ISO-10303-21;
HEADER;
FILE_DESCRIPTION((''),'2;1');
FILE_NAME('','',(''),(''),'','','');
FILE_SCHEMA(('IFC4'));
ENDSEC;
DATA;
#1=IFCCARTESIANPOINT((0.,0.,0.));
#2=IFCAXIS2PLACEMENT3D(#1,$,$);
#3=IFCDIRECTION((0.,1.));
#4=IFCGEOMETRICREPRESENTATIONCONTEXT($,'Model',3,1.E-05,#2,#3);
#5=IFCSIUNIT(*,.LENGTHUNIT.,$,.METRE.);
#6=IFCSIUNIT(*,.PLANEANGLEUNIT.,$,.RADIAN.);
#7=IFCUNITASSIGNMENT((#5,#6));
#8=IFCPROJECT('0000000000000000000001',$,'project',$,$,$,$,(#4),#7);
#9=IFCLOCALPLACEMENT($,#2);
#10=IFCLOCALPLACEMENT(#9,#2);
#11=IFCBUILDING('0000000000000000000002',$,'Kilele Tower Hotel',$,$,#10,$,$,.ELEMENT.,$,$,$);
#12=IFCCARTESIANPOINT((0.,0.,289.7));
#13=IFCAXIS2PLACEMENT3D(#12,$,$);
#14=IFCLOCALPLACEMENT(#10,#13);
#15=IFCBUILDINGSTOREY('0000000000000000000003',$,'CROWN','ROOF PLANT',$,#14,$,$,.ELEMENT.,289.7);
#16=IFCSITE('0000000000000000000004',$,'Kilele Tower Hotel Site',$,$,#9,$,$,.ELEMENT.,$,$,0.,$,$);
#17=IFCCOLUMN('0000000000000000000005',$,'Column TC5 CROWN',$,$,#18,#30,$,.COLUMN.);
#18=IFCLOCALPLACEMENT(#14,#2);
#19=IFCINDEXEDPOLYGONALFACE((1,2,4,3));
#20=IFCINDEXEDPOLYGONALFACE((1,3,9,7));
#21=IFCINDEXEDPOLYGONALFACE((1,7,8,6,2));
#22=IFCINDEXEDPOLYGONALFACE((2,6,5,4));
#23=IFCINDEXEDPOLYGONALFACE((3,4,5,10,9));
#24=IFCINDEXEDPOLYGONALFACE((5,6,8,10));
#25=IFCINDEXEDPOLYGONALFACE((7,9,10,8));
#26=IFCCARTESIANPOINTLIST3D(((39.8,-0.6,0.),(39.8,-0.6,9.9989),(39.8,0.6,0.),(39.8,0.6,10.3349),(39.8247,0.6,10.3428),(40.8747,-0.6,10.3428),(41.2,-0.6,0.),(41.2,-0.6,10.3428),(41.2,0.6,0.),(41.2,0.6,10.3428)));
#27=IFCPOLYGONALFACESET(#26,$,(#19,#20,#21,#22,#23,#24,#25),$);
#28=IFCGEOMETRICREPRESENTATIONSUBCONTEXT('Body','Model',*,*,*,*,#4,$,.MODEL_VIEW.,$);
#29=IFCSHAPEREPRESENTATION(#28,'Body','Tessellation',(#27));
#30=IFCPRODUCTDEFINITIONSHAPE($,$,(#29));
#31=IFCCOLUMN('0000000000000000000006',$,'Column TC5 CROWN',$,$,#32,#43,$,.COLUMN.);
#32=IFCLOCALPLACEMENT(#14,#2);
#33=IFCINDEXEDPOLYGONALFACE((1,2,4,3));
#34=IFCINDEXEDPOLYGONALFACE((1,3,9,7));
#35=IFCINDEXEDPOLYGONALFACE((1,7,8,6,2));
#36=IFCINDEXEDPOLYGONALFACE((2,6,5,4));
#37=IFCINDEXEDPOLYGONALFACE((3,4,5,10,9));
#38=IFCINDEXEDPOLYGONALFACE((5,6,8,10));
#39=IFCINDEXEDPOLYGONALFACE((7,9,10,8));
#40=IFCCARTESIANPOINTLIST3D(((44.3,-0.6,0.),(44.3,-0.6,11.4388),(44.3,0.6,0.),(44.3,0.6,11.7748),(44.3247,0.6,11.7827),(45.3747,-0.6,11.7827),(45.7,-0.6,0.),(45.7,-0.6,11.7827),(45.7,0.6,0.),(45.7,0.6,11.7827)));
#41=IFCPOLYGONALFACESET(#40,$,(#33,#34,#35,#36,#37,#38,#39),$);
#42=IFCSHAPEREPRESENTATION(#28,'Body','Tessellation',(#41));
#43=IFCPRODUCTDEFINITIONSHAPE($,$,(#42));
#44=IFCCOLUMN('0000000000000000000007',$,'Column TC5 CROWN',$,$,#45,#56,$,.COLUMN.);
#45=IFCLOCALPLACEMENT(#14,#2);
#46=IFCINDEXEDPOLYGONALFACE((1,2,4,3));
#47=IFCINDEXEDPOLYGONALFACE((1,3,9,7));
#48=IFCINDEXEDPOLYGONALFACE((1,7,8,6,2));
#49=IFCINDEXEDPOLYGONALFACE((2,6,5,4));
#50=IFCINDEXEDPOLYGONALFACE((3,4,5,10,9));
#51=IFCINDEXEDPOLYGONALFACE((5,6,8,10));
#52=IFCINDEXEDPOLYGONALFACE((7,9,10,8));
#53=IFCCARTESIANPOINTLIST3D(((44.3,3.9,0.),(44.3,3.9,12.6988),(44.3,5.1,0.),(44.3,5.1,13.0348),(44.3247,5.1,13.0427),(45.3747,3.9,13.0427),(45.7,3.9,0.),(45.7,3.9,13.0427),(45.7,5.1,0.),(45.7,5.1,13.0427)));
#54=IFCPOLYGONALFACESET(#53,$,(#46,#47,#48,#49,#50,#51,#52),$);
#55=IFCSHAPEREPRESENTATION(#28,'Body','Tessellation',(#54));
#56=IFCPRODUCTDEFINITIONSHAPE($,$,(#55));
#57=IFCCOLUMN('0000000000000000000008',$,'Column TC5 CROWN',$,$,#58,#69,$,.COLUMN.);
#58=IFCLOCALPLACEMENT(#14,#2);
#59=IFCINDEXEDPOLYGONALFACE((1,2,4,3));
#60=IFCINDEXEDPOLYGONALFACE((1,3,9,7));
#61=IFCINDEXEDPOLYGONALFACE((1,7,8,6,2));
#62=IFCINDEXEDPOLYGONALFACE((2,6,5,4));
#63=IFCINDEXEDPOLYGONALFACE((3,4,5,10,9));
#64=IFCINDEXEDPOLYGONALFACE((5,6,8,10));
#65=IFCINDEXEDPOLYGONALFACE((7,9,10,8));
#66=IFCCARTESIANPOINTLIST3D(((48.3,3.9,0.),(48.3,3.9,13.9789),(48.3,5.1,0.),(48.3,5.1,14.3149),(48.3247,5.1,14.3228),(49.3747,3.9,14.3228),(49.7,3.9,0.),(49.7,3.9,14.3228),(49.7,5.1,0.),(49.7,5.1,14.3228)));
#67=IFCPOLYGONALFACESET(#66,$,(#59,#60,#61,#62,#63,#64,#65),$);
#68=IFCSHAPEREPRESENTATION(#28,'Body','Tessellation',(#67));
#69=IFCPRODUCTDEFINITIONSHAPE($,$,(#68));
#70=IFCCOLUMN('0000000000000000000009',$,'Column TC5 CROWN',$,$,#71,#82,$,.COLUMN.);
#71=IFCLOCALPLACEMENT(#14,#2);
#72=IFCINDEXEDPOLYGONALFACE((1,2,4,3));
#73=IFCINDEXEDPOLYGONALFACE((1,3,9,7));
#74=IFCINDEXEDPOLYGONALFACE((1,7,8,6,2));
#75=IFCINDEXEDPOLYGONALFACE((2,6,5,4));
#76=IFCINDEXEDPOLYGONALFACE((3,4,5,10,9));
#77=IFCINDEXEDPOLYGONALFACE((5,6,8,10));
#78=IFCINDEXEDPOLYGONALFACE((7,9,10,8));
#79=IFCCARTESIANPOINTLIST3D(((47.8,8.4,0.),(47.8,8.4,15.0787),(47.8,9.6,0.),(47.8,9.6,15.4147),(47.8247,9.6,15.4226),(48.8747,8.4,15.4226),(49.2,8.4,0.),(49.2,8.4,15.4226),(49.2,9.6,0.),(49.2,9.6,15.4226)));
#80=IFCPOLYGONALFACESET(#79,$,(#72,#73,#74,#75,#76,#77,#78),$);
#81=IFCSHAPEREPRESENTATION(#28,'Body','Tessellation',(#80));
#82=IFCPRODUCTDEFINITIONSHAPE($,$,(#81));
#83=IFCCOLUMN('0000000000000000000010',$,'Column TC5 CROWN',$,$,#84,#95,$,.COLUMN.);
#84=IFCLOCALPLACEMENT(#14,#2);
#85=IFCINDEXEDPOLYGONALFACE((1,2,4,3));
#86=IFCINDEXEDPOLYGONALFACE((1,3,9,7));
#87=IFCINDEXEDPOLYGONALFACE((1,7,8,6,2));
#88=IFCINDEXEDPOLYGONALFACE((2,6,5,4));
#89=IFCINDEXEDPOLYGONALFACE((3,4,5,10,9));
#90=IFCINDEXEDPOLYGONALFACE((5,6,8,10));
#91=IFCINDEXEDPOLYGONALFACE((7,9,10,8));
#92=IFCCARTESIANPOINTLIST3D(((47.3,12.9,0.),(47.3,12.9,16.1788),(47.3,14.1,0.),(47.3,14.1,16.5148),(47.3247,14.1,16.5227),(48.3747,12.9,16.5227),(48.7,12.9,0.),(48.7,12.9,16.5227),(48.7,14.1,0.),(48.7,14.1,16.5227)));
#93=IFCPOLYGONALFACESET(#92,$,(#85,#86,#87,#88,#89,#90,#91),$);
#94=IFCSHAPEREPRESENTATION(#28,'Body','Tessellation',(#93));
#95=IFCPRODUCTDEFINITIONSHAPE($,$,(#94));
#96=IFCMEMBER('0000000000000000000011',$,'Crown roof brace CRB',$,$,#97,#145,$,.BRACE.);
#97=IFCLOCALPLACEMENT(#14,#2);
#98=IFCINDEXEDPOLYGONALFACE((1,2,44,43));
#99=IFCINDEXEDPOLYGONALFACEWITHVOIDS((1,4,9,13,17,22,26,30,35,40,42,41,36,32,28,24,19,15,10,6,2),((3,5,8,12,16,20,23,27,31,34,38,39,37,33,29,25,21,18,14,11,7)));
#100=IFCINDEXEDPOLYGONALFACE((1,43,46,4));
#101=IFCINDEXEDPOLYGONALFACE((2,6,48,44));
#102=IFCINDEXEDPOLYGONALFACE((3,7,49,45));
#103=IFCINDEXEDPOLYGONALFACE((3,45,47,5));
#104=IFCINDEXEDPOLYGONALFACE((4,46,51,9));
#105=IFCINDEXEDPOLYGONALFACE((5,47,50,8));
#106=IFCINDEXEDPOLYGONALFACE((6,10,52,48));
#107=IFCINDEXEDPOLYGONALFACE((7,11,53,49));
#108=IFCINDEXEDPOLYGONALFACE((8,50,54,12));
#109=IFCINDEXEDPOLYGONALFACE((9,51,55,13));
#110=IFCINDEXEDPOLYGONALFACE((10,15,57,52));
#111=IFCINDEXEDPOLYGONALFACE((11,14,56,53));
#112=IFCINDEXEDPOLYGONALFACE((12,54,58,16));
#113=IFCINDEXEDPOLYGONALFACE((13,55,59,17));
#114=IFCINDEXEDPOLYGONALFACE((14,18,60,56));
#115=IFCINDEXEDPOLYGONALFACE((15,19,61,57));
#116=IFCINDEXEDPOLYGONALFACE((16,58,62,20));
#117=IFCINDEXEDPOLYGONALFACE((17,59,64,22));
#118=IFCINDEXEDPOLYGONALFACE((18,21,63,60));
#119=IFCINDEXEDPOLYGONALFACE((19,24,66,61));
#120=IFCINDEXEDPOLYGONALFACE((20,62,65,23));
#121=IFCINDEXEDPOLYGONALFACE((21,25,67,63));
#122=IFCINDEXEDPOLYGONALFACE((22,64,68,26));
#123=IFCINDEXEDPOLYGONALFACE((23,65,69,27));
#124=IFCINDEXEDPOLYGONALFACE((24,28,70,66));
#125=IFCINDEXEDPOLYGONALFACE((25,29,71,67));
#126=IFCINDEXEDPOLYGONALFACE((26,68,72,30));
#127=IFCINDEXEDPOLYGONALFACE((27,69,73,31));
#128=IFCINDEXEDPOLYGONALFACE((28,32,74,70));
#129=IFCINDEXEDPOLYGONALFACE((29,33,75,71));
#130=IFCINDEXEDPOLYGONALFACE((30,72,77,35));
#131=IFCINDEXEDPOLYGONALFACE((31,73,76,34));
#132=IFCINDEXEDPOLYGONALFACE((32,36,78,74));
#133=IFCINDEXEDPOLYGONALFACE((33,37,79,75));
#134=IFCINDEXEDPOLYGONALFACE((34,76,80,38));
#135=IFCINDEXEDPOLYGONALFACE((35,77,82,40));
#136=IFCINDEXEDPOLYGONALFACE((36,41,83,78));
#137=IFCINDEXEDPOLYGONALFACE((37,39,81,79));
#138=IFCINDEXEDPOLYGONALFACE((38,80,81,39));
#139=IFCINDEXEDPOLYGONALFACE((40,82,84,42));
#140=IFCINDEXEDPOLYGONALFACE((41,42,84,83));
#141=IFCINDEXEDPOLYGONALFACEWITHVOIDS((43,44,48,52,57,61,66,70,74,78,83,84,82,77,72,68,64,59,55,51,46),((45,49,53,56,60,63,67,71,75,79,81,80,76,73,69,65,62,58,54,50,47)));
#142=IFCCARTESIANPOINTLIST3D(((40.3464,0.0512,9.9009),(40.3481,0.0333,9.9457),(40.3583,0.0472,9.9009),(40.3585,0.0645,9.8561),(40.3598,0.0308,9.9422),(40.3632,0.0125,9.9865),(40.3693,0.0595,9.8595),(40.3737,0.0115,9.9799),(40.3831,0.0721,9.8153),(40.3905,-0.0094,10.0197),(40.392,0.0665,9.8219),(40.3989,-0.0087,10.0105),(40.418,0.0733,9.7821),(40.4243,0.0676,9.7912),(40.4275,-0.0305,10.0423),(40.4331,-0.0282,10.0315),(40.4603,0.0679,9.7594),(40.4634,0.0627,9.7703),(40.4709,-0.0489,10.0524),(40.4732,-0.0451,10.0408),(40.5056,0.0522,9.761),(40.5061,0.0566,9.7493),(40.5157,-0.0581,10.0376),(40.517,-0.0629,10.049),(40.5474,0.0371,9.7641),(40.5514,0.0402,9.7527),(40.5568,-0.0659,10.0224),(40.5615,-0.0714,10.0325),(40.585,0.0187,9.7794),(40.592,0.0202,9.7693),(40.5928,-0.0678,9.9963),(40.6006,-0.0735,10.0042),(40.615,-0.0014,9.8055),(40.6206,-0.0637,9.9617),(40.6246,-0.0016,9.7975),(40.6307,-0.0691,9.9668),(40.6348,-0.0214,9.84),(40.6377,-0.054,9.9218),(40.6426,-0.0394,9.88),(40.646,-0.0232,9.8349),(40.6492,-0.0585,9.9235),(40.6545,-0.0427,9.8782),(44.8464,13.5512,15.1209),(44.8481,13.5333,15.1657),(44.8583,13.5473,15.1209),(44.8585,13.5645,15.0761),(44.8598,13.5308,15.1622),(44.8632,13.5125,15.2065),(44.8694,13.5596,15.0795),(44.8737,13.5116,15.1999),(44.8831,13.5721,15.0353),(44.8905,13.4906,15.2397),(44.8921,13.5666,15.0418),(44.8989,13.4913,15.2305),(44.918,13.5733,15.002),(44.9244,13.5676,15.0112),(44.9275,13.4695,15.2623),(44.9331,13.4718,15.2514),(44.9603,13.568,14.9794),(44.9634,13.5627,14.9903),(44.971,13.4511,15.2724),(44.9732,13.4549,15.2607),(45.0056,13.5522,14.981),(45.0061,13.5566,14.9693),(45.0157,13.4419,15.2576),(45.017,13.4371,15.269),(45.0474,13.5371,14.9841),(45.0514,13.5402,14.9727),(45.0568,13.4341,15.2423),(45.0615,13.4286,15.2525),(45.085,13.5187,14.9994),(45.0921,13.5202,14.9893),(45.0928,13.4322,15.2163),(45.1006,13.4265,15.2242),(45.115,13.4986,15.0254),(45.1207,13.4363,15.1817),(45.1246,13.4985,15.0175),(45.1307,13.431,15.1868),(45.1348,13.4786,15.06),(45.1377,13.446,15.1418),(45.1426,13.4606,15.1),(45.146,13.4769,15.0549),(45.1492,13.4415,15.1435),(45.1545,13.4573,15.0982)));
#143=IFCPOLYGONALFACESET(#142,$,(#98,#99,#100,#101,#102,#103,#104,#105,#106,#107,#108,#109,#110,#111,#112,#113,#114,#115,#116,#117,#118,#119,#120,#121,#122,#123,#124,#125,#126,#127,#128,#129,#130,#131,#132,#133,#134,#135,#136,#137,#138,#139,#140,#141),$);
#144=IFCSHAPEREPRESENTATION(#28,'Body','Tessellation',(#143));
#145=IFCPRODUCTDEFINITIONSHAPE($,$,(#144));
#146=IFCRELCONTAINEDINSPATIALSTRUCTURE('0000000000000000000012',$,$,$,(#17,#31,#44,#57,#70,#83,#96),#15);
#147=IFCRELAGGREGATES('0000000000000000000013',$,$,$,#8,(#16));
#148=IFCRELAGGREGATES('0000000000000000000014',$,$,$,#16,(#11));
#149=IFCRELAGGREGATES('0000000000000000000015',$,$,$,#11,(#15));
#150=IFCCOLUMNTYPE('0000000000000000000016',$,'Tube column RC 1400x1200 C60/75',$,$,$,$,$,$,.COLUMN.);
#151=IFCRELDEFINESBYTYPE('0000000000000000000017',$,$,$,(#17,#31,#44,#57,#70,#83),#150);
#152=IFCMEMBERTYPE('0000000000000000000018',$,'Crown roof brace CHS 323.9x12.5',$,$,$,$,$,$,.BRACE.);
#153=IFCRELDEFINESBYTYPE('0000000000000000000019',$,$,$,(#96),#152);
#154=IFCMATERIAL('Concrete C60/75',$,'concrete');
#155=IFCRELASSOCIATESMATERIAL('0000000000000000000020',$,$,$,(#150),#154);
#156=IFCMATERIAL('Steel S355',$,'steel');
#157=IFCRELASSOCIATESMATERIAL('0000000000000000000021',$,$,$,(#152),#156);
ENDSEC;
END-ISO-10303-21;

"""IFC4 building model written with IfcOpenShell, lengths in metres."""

from ifc_helpers import new_model, si_unit, direction, frame, origin, origin_2d, place, context, subcontext, project, spatial, rectangle, hollow_circle, extrude, clip, halfspace, material, material_profile, profile_set, type_object, element, save


model = new_model("IFC4")

# Units and contexts
model_context = context("Model", 3, precision=1e-05, world=origin(), true_north=direction((0.0, 1.0)))
body_context = subcontext(model_context, "Body", "Model", "MODEL_VIEW")
ifc_project = project(units=[si_unit("LENGTHUNIT", "METRE"), si_unit("PLANEANGLEUNIT", "RADIAN")], contexts=[model_context])

# Site, building, storey
site_placement = place(None, origin())
site = spatial("IfcSite", under=ifc_project, at=site_placement, Name="Kilele Tower Hotel Site", CompositionType="ELEMENT", RefElevation=0.0)
building_placement = place(site_placement, origin())
building = spatial("IfcBuilding", under=site, at=building_placement, Name="Kilele Tower Hotel", CompositionType="ELEMENT")
storey_placement = place(building_placement, frame((0.0, 0.0, 289.7)))
storey = spatial("IfcBuildingStorey", under=building, at=storey_placement, Name="CROWN", Description="ROOF PLANT", CompositionType="ELEMENT", Elevation=289.7)

# Columns
ifc_material_1 = material(Name="Concrete C60/75", Category="concrete")
ifc_material_profile_1 = material_profile(ifc_material_1, rectangle(XDim=1.3999, YDim=1.2, at=origin_2d()))
ifc_profile_set_1 = profile_set([ifc_material_profile_1], Name="Concrete C60/75")
column_type = type_object("IfcColumnType", Name="Tube column RC 1400x1200 C60/75", PredefinedType="COLUMN", material=ifc_profile_set_1)
column_1_placement = place(storey_placement, frame((40.5, 0.0, 0.0), z_axis=(0.0, 0.0, 1.0), x_axis=(1.0, 0.0, 0.0)))
element("IfcColumn", 1, at=column_1_placement, inside=storey, type_object=column_type, Name="Column TC5 CROWN", PredefinedType="COLUMN", context=body_context, shape_type="Clipping", body=[
    clip(extrude(rectangle(XDim=1.3999, YDim=1.2, at=origin_2d()), origin(), (0.0, 0.0, 1.0), 10.3428), halfspace(frame((0.0, 0.0, 10.3909), z_axis=(-0.294484, -0.257674, 0.920263), x_axis=(0.952424, 0.0, 0.304776)), False)),
])
column_2_placement = place(storey_placement, frame((45.0, 0.0, 0.0), z_axis=(0.0, 0.0, 1.0), x_axis=(1.0, 0.0, 0.0)))
element("IfcColumn", 2, at=column_2_placement, inside=storey, type_object=column_type, Name="Column TC5 CROWN", PredefinedType="COLUMN", context=body_context, shape_type="Clipping", body=[
    clip(extrude(rectangle(XDim=1.3999, YDim=1.2, at=origin_2d()), origin(), (0.0, 0.0, 1.0), 11.7827), halfspace(frame((0.0, 0.0, 11.8308), z_axis=(-0.294484, -0.257674, 0.920263), x_axis=(0.952424, 0.0, 0.304776)), False)),
])
column_3_placement = place(storey_placement, frame((45.0, 4.5, 0.0), z_axis=(0.0, 0.0, 1.0), x_axis=(1.0, 0.0, 0.0)))
element("IfcColumn", 3, at=column_3_placement, inside=storey, type_object=column_type, Name="Column TC5 CROWN", PredefinedType="COLUMN", context=body_context, shape_type="Clipping", body=[
    clip(extrude(rectangle(XDim=1.3999, YDim=1.2, at=origin_2d()), origin(), (0.0, 0.0, 1.0), 13.0427), halfspace(frame((0.0, 0.0, 13.0908), z_axis=(-0.294484, -0.257674, 0.920263), x_axis=(0.952424, 0.0, 0.304776)), False)),
])
column_4_placement = place(storey_placement, frame((49.0, 4.5, 0.0), z_axis=(0.0, 0.0, 1.0), x_axis=(1.0, 0.0, 0.0)))
element("IfcColumn", 4, at=column_4_placement, inside=storey, type_object=column_type, Name="Column TC5 CROWN", PredefinedType="COLUMN", context=body_context, shape_type="Clipping", body=[
    clip(extrude(rectangle(XDim=1.3999, YDim=1.2, at=origin_2d()), origin(), (0.0, 0.0, 1.0), 14.3228), halfspace(frame((0.0, 0.0, 14.3708), z_axis=(-0.294484, -0.257674, 0.920263), x_axis=(0.952424, 0.0, 0.304776)), False)),
])
column_5_placement = place(storey_placement, frame((48.5, 9.0, 0.0), z_axis=(0.0, 0.0, 1.0), x_axis=(1.0, 0.0, 0.0)))
element("IfcColumn", 5, at=column_5_placement, inside=storey, type_object=column_type, Name="Column TC5 CROWN", PredefinedType="COLUMN", context=body_context, shape_type="Clipping", body=[
    clip(extrude(rectangle(XDim=1.3999, YDim=1.2, at=origin_2d()), origin(), (0.0, 0.0, 1.0), 15.4226), halfspace(frame((0.0, 0.0, 15.4707), z_axis=(-0.294484, -0.257674, 0.920263), x_axis=(0.952424, 0.0, 0.304776)), False)),
])
column_6_placement = place(storey_placement, frame((48.0, 13.5, 0.0), z_axis=(0.0, 0.0, 1.0), x_axis=(1.0, 0.0, 0.0)))
element("IfcColumn", 6, at=column_6_placement, inside=storey, type_object=column_type, Name="Column TC5 CROWN", PredefinedType="COLUMN", context=body_context, shape_type="Clipping", body=[
    clip(extrude(rectangle(XDim=1.3999, YDim=1.2, at=origin_2d()), origin(), (0.0, 0.0, 1.0), 16.5227), halfspace(frame((0.0, 0.0, 16.5708), z_axis=(-0.294484, -0.257674, 0.920263), x_axis=(0.952424, 0.0, 0.304776)), False)),
])

# Member
ifc_material_2 = material(Name="Steel S355", Category="steel")
ifc_material_profile_2 = material_profile(ifc_material_2, hollow_circle(Radius=0.1619, WallThickness=0.0125, at=origin_2d()))
ifc_profile_set_2 = profile_set([ifc_material_profile_2], Name="Steel S355")
member_type_1 = type_object("IfcMemberType", Name="Crown roof brace CHS 323.9x12.5", PredefinedType="BRACE", material=ifc_profile_set_2)
member_1_placement = place(storey_placement, frame((40.5, 0.0, 9.9009), z_axis=(0.296884, 0.890652, 0.344383), x_axis=(-0.948683, 0.316228, 0.0)))
element("IfcMember", 7, at=member_1_placement, inside=storey, type_object=member_type_1, Name="Crown roof brace CRB", PredefinedType="BRACE", context=body_context, shape_type="SweptSolid", body=[
    extrude(hollow_circle(Radius=0.1619, WallThickness=0.0125, at=origin_2d()), origin(), (0.0, 0.0, 1.0), 15.1575),
])

save(model, "model.ifc")
